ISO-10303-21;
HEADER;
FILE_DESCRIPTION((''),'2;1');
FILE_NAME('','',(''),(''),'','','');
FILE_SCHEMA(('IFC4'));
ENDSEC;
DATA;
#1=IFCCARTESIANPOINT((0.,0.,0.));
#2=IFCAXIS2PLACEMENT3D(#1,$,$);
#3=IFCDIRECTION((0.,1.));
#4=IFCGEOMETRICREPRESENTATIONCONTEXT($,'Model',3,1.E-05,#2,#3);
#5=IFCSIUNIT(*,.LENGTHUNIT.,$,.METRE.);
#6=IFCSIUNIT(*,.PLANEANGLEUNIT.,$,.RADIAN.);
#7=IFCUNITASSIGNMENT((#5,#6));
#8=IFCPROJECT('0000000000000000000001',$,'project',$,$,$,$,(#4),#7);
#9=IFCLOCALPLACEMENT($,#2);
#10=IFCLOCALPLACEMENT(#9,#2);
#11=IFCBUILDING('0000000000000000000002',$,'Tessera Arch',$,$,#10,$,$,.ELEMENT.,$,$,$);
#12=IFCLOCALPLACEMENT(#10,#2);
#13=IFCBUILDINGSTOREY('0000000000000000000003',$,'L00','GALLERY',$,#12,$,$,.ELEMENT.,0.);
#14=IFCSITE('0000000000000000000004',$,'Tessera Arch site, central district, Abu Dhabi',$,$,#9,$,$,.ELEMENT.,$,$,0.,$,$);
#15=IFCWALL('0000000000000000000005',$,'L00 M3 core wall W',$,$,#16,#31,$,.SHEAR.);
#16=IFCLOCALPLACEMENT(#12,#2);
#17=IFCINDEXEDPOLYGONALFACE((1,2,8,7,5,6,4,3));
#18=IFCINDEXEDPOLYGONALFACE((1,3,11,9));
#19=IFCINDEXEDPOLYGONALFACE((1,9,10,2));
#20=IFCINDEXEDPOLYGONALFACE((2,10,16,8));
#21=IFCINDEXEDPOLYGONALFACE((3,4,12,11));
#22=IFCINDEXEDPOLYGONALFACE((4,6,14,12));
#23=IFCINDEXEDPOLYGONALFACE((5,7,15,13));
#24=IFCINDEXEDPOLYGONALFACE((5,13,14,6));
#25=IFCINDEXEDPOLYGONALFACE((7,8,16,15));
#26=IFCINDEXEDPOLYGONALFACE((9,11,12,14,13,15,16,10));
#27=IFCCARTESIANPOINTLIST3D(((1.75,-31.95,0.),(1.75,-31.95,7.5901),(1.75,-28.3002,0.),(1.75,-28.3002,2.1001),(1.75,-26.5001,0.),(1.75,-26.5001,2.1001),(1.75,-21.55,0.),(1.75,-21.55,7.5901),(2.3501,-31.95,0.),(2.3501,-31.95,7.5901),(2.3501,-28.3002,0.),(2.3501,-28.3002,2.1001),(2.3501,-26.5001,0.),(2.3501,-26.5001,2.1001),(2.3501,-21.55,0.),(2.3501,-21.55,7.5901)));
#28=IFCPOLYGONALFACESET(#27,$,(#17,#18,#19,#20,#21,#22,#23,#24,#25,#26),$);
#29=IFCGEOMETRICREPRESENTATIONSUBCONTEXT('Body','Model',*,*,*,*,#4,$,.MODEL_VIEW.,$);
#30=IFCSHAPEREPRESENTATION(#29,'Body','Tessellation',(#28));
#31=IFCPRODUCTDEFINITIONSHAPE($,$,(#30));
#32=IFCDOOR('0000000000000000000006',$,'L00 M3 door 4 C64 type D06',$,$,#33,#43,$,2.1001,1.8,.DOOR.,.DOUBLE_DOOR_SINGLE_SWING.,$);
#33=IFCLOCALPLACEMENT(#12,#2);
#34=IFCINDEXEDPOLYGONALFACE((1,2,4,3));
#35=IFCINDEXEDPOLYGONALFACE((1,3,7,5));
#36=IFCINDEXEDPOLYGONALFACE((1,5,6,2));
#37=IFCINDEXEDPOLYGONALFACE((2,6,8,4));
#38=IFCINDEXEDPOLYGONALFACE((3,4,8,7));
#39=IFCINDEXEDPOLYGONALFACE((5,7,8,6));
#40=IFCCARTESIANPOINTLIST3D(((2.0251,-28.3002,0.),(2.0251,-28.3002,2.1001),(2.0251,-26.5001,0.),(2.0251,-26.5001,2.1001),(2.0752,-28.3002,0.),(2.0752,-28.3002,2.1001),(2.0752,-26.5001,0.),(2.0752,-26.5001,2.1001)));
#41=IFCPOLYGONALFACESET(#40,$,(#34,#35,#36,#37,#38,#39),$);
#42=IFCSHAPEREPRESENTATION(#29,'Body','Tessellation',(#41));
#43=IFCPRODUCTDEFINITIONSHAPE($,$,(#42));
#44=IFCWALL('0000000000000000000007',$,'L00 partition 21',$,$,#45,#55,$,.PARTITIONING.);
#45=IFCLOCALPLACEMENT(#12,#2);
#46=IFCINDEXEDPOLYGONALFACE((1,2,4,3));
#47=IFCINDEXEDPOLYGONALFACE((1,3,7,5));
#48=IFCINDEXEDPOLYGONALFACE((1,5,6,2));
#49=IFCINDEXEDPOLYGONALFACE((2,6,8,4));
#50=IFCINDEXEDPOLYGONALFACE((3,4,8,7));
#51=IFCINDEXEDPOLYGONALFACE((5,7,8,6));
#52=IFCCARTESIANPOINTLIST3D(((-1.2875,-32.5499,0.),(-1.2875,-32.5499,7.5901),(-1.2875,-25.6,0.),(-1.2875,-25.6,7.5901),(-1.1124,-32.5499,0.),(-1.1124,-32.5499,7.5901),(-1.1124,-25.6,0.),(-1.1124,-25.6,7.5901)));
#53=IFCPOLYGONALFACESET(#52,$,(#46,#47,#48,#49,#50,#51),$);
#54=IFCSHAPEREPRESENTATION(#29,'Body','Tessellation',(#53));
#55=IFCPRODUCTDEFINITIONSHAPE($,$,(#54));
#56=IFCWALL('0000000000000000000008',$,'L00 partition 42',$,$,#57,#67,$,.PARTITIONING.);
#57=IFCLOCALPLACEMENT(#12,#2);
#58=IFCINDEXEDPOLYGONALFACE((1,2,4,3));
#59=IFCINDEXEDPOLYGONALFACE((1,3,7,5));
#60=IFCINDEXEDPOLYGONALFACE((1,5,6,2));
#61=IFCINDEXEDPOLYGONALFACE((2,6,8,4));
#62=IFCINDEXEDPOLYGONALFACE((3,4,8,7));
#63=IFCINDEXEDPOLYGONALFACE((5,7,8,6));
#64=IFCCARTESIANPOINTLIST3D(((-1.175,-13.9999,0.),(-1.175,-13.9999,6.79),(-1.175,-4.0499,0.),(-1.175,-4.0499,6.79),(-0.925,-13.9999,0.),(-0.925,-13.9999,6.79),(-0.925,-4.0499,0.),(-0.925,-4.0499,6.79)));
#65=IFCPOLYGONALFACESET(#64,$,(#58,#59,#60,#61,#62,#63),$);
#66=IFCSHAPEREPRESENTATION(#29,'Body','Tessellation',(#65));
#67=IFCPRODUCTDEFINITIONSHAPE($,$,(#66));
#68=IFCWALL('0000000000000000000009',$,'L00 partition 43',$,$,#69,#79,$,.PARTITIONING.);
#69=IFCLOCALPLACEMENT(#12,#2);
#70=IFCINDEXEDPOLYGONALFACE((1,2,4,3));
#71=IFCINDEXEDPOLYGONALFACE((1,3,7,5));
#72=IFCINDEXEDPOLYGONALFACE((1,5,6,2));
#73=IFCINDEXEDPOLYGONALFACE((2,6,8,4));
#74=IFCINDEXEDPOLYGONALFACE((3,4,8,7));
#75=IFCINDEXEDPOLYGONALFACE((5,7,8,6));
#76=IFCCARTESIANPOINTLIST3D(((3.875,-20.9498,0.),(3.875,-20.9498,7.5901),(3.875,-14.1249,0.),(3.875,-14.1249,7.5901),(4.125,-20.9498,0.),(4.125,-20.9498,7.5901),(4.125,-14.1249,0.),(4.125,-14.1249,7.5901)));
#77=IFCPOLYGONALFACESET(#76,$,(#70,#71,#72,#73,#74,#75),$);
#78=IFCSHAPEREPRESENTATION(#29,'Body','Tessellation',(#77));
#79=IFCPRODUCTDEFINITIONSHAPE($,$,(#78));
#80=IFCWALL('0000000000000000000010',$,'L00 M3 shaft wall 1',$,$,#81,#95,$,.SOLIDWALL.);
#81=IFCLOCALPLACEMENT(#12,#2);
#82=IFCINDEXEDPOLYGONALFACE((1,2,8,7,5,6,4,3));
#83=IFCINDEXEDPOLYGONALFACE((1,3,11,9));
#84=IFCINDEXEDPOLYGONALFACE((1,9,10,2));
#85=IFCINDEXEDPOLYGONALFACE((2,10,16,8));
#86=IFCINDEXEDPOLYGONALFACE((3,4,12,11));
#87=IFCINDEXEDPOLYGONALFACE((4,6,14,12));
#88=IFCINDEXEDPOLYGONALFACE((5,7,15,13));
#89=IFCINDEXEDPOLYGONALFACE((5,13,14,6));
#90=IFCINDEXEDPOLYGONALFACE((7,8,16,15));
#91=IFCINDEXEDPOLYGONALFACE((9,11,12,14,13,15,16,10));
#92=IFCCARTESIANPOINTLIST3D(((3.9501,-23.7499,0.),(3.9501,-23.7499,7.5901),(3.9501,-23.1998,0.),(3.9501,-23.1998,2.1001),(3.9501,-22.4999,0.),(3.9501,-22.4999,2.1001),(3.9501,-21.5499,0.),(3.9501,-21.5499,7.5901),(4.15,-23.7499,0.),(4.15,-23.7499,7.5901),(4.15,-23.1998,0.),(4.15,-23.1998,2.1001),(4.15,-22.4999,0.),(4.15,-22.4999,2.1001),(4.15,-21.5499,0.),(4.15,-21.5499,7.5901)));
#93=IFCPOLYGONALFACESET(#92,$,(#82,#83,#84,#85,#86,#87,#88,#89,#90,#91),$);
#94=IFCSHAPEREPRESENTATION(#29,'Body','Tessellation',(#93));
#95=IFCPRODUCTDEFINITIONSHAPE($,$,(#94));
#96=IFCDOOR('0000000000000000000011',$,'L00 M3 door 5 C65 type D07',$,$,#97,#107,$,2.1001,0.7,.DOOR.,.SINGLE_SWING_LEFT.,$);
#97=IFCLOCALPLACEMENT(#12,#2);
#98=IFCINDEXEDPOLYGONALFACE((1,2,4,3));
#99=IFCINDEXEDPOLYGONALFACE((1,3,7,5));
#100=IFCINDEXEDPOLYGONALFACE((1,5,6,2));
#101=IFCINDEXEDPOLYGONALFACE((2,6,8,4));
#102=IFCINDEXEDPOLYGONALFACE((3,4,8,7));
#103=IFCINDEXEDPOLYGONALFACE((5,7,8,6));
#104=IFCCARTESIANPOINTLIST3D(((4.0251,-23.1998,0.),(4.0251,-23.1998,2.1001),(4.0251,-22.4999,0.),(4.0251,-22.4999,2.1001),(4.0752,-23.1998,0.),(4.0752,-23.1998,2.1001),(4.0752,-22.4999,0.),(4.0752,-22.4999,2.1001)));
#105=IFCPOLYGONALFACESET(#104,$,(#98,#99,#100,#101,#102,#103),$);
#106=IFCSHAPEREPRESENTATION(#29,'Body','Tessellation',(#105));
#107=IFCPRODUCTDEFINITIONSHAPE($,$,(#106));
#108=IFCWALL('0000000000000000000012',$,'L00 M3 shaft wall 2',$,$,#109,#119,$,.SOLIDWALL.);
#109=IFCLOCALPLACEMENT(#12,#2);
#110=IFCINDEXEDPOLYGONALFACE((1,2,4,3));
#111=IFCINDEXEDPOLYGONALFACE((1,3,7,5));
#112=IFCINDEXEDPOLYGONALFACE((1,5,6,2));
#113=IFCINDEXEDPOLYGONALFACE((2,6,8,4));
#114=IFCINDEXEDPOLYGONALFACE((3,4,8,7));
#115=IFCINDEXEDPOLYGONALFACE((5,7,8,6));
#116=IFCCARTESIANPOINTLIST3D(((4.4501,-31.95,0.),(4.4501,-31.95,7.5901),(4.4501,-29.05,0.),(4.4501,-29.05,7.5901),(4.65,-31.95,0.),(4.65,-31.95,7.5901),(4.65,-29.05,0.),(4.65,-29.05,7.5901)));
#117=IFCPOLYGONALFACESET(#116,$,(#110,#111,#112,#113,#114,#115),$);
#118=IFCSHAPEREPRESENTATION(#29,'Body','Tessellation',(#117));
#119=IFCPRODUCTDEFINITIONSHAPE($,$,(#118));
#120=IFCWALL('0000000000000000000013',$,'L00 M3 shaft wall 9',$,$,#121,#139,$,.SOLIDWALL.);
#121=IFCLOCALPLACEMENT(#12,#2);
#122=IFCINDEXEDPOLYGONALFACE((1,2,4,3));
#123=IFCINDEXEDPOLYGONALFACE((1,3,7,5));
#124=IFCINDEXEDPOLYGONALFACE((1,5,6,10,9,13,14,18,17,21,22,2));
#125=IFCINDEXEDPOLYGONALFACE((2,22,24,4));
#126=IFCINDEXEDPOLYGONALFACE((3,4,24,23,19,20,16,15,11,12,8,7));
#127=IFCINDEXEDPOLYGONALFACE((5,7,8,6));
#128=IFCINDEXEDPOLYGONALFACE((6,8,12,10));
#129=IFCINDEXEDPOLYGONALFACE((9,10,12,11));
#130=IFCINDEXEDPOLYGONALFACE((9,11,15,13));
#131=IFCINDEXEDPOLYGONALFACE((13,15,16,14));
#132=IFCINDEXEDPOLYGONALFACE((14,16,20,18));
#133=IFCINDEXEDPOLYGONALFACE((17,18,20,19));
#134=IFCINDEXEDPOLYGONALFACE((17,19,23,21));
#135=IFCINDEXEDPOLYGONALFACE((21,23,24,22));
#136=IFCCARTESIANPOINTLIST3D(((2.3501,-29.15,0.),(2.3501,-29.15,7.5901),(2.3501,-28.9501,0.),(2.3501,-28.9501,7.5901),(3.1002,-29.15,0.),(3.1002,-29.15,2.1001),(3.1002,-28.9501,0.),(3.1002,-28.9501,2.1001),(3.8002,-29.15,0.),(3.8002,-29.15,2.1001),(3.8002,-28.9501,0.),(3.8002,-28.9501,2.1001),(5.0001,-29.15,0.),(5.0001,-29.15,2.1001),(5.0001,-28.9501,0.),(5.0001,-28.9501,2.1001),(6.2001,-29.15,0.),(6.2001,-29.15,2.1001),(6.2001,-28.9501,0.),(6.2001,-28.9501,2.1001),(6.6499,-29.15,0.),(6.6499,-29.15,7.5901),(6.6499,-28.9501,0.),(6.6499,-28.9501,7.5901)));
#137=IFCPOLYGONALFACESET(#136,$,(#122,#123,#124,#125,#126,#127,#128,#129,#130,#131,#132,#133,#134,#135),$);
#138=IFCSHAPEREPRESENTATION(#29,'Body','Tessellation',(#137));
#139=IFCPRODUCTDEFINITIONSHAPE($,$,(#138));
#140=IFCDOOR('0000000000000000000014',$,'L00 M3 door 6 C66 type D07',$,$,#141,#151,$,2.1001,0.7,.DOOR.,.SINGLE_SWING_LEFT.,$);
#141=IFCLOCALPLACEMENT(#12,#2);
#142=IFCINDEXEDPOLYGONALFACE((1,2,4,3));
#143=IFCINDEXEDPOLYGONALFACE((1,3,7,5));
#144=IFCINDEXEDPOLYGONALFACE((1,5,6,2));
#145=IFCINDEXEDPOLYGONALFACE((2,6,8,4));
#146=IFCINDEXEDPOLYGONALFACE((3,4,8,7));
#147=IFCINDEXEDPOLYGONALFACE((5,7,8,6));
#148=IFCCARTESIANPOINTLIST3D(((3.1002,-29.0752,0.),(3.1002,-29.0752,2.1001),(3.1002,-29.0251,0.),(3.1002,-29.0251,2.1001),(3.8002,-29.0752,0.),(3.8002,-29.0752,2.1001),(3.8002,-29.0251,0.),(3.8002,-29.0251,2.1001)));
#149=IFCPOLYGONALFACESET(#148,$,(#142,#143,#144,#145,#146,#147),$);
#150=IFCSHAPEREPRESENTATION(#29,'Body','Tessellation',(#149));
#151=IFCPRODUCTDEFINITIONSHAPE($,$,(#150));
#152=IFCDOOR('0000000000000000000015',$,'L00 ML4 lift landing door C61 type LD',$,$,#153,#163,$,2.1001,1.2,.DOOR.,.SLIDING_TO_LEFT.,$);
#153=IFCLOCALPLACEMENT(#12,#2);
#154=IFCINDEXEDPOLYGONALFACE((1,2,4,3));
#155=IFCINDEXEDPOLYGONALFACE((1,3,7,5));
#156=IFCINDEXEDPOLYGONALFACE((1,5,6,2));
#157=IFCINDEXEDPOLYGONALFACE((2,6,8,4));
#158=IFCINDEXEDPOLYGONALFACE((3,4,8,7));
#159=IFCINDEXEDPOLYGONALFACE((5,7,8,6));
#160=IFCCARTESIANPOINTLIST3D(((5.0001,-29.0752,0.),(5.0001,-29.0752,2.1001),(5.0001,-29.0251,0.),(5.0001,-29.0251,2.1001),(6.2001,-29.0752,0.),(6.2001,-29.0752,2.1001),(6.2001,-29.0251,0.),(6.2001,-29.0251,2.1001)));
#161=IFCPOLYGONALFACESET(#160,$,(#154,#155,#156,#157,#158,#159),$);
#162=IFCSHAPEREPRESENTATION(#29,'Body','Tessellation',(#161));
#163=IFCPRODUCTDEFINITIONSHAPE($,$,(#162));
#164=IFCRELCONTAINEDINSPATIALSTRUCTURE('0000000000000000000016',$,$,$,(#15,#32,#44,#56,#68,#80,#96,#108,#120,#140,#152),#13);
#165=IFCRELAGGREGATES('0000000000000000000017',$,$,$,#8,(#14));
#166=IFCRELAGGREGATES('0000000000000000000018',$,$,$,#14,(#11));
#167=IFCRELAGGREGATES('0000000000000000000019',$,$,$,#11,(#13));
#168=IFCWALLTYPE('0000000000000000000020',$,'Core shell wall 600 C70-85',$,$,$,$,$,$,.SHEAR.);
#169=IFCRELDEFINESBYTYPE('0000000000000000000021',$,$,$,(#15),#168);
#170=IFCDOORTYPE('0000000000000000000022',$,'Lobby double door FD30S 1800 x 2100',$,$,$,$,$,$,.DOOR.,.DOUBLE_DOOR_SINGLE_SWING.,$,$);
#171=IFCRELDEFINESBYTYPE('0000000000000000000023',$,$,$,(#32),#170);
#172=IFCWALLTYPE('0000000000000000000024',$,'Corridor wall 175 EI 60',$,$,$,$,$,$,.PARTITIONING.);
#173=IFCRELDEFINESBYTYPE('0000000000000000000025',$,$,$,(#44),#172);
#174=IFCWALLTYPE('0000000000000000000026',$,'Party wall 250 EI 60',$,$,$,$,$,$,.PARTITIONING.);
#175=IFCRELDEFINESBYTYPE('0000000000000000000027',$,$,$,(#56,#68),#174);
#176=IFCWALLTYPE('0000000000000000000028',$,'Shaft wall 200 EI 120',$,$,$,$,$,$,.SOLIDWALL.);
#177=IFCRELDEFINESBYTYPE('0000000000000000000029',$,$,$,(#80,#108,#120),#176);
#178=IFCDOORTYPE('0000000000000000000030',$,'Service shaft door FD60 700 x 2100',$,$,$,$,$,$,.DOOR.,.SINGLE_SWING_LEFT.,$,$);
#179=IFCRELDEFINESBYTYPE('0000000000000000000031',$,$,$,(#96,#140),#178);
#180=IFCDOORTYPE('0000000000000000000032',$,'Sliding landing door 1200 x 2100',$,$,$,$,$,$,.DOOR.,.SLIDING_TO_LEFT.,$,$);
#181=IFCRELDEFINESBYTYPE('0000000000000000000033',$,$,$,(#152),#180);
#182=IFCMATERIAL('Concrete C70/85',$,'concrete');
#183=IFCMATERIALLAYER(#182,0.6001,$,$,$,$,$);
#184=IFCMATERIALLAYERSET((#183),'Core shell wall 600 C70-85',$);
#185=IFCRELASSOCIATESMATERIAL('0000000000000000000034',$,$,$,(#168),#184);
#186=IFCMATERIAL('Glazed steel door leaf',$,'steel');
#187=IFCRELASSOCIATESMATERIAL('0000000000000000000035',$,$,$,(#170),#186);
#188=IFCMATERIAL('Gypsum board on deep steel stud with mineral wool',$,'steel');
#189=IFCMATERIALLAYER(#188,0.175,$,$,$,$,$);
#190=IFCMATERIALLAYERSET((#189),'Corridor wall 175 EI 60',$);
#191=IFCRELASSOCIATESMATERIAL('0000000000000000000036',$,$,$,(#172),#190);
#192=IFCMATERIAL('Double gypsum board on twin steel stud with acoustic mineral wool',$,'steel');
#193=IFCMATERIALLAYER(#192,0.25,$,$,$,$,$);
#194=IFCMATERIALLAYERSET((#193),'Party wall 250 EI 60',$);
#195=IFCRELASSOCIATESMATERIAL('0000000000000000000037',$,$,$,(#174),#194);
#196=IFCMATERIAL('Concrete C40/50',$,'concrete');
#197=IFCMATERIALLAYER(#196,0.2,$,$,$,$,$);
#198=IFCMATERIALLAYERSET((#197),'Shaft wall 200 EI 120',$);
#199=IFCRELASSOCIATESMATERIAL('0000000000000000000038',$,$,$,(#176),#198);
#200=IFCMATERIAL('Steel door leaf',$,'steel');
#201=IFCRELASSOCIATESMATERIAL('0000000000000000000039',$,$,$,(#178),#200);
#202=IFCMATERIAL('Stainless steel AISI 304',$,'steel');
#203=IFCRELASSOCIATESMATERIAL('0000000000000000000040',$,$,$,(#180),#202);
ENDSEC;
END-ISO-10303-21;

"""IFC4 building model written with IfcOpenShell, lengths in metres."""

from ifc_helpers import new_model, si_unit, direction, frame, frame_2d, origin, place, context, subcontext, project, spatial, rectangle, extrude, material, layer, layer_set, type_object, element, fill, save


model = new_model("IFC4")

# Units and contexts
model_context = context("Model", 3, precision=1e-05, world=origin(), true_north=direction((0.0, 1.0)))
body_context = subcontext(model_context, "Body", "Model", "MODEL_VIEW")
ifc_project = project(units=[si_unit("LENGTHUNIT", "METRE"), si_unit("PLANEANGLEUNIT", "RADIAN")], contexts=[model_context])

# Site, building, storey
site_placement = place(None, origin())
site = spatial("IfcSite", under=ifc_project, at=site_placement, Name="Tessera Arch site, central district, Abu Dhabi", CompositionType="ELEMENT", RefElevation=0.0)
building_placement = place(site_placement, origin())
building = spatial("IfcBuilding", under=site, at=building_placement, Name="Tessera Arch", CompositionType="ELEMENT")
storey_placement = place(building_placement, origin())
storey = spatial("IfcBuildingStorey", under=building, at=storey_placement, Name="L00", Description="GALLERY", CompositionType="ELEMENT", Elevation=0.0)

# Shared definitions
ifc_material_1 = material(Name="Concrete C70/85", Category="concrete")
ifc_layer_1 = layer(ifc_material_1, 0.6001)
ifc_layer_set_1 = layer_set([ifc_layer_1], Name="Core shell wall 600 C70-85")
wall_type_1 = type_object("IfcWallType", Name="Core shell wall 600 C70-85", PredefinedType="SHEAR", material=ifc_layer_set_1)

# Wall, opening, door
wall_1_placement = place(storey_placement, frame((2.05, -31.95, 0.0), z_axis=(0.0, 0.0, 1.0), x_axis=(0.0, 1.0, 0.0)))
wall_1 = element("IfcWall", 1, at=wall_1_placement, inside=storey, type_object=wall_type_1, Name="L00 M3 core wall W", PredefinedType="SHEAR", context=body_context, shape_type="SweptSolid", body=[
    extrude(rectangle(XDim=10.3999, YDim=0.6001, at=frame_2d((5.2, 0.0))), origin(), (0.0, 0.0, 1.0), 7.5901),
])
opening_1_placement = place(wall_1_placement, frame((3.6499, 0.0, 0.0)))
opening_1 = element("IfcOpeningElement", 2, at=opening_1_placement, cuts=wall_1, PredefinedType="OPENING", context=body_context, shape_type="SweptSolid", body=[
    extrude(rectangle(XDim=1.8, YDim=2.1001, at=frame_2d((0.8999, 1.05))), frame((0.0, 0.3101, 0.0), z_axis=(0.0, -1.0, 0.0), x_axis=(1.0, 0.0, 0.0)), (0.0, 0.0, 1.0), 0.6201),
])
ifc_material_2 = material(Name="Glazed steel door leaf", Category="steel")
door_type_1 = type_object("IfcDoorType", Name="Lobby double door FD30S 1800 x 2100", OperationType="DOUBLE_DOOR_SINGLE_SWING", PredefinedType="DOOR", material=ifc_material_2)
door_1_placement = place(opening_1_placement, origin())
door_1 = element("IfcDoor", 3, at=door_1_placement, inside=storey, type_object=door_type_1, Name="L00 M3 door 4 C64 type D06", OperationType="DOUBLE_DOOR_SINGLE_SWING", OverallHeight=2.1001, OverallWidth=1.8, PredefinedType="DOOR", context=body_context, shape_type="SweptSolid", body=[
    extrude(rectangle(XDim=1.8, YDim=2.1001, at=frame_2d((0.8999, 1.05))), frame((0.0, 0.0249, 0.0), z_axis=(0.0, -1.0, 0.0), x_axis=(1.0, 0.0, 0.0)), (0.0, 0.0, 1.0), 0.05),
])
fill(opening_1, door_1)

# Wall
ifc_material_3 = material(Name="Gypsum board on deep steel stud with mineral wool", Category="steel")
ifc_layer_2 = layer(ifc_material_3, 0.175)
ifc_layer_set_2 = layer_set([ifc_layer_2], Name="Corridor wall 175 EI 60")
wall_type_2 = type_object("IfcWallType", Name="Corridor wall 175 EI 60", PredefinedType="PARTITIONING", material=ifc_layer_set_2)
wall_2_placement = place(storey_placement, frame((-1.2, -32.55, 0.0), z_axis=(0.0, 0.0, 1.0), x_axis=(0.0, 1.0, 0.0)))
element("IfcWall", 4, at=wall_2_placement, inside=storey, type_object=wall_type_2, Name="L00 partition 21", PredefinedType="PARTITIONING", context=body_context, shape_type="SweptSolid", body=[
    extrude(rectangle(XDim=6.95, YDim=0.175, at=frame_2d((3.4751, 0.0))), origin(), (0.0, 0.0, 1.0), 7.5901),
])

# Walls
ifc_material_4 = material(Name="Double gypsum board on twin steel stud with acoustic mineral wool", Category="steel")
ifc_layer_3 = layer(ifc_material_4, 0.25)
ifc_layer_set_3 = layer_set([ifc_layer_3], Name="Party wall 250 EI 60")
wall_type_3 = type_object("IfcWallType", Name="Party wall 250 EI 60", PredefinedType="PARTITIONING", material=ifc_layer_set_3)
wall_3_placement = place(storey_placement, frame((-1.05, -14.0, 0.0), z_axis=(0.0, 0.0, 1.0), x_axis=(0.0, 1.0, 0.0)))
element("IfcWall", 5, at=wall_3_placement, inside=storey, type_object=wall_type_3, Name="L00 partition 42", PredefinedType="PARTITIONING", context=body_context, shape_type="SweptSolid", body=[
    extrude(rectangle(XDim=9.95, YDim=0.25, at=frame_2d((4.9751, 0.0))), origin(), (0.0, 0.0, 1.0), 6.79),
])
wall_4_placement = place(storey_placement, frame((4.0, -20.95, 0.0), z_axis=(0.0, 0.0, 1.0), x_axis=(0.0, 1.0, 0.0)))
element("IfcWall", 6, at=wall_4_placement, inside=storey, type_object=wall_type_3, Name="L00 partition 43", PredefinedType="PARTITIONING", context=body_context, shape_type="SweptSolid", body=[
    extrude(rectangle(XDim=6.825, YDim=0.25, at=frame_2d((3.4126, 0.0))), origin(), (0.0, 0.0, 1.0), 7.5901),
])

# Wall, opening, door
ifc_material_5 = material(Name="Concrete C40/50", Category="concrete")
ifc_layer_4 = layer(ifc_material_5, 0.2)
ifc_layer_set_4 = layer_set([ifc_layer_4], Name="Shaft wall 200 EI 120")
wall_type_4 = type_object("IfcWallType", Name="Shaft wall 200 EI 120", PredefinedType="SOLIDWALL", material=ifc_layer_set_4)
wall_5_placement = place(storey_placement, frame((4.05, -23.75, 0.0), z_axis=(0.0, 0.0, 1.0), x_axis=(0.0, 1.0, 0.0)))
wall_5 = element("IfcWall", 7, at=wall_5_placement, inside=storey, type_object=wall_type_4, Name="L00 M3 shaft wall 1", PredefinedType="SOLIDWALL", context=body_context, shape_type="SweptSolid", body=[
    extrude(rectangle(XDim=2.2, YDim=0.2, at=frame_2d((1.1001, 0.0))), origin(), (0.0, 0.0, 1.0), 7.5901),
])
opening_2_placement = place(wall_5_placement, frame((0.55, 0.0, 0.0)))
opening_2 = element("IfcOpeningElement", 8, at=opening_2_placement, cuts=wall_5, PredefinedType="OPENING", context=body_context, shape_type="SweptSolid", body=[
    extrude(rectangle(XDim=0.7, YDim=2.1001, at=frame_2d((0.3501, 1.05))), frame((0.0, 0.1099, 0.0), z_axis=(0.0, -1.0, 0.0), x_axis=(1.0, 0.0, 0.0)), (0.0, 0.0, 1.0), 0.22),
])
ifc_material_6 = material(Name="Steel door leaf", Category="steel")
door_type_2 = type_object("IfcDoorType", Name="Service shaft door FD60 700 x 2100", OperationType="SINGLE_SWING_LEFT", PredefinedType="DOOR", material=ifc_material_6)
door_2_placement = place(opening_2_placement, origin())
door_2 = element("IfcDoor", 9, at=door_2_placement, inside=storey, type_object=door_type_2, Name="L00 M3 door 5 C65 type D07", OperationType="SINGLE_SWING_LEFT", OverallHeight=2.1001, OverallWidth=0.7, PredefinedType="DOOR", context=body_context, shape_type="SweptSolid", body=[
    extrude(rectangle(XDim=0.7, YDim=2.1001, at=frame_2d((0.3501, 1.05))), frame((0.0, 0.0249, 0.0), z_axis=(0.0, -1.0, 0.0), x_axis=(1.0, 0.0, 0.0)), (0.0, 0.0, 1.0), 0.05),
])
fill(opening_2, door_2)

# Wall
wall_6_placement = place(storey_placement, frame((4.55, -31.95, 0.0), z_axis=(0.0, 0.0, 1.0), x_axis=(0.0, 1.0, 0.0)))
element("IfcWall", 10, at=wall_6_placement, inside=storey, type_object=wall_type_4, Name="L00 M3 shaft wall 2", PredefinedType="SOLIDWALL", context=body_context, shape_type="SweptSolid", body=[
    extrude(rectangle(XDim=2.8999, YDim=0.2, at=frame_2d((1.45, 0.0))), origin(), (0.0, 0.0, 1.0), 7.5901),
])

# Wall, openings, doors
wall_7_placement = place(storey_placement, frame((2.3501, -29.05, 0.0), z_axis=(0.0, 0.0, 1.0), x_axis=(1.0, 0.0, 0.0)))
wall_7 = element("IfcWall", 11, at=wall_7_placement, inside=storey, type_object=wall_type_4, Name="L00 M3 shaft wall 9", PredefinedType="SOLIDWALL", context=body_context, shape_type="SweptSolid", body=[
    extrude(rectangle(XDim=4.2998, YDim=0.2, at=frame_2d((2.1499, 0.0))), origin(), (0.0, 0.0, 1.0), 7.5901),
])
opening_3_placement = place(wall_7_placement, frame((2.6499, 0.0, 0.0)))
opening_3 = element("IfcOpeningElement", 12, at=opening_3_placement, cuts=wall_7, PredefinedType="OPENING", context=body_context, shape_type="SweptSolid", body=[
    extrude(rectangle(XDim=1.2, YDim=2.1001, at=frame_2d((0.6001, 1.05))), frame((0.0, 0.1099, 0.0), z_axis=(0.0, -1.0, 0.0), x_axis=(1.0, 0.0, 0.0)), (0.0, 0.0, 1.0), 0.22),
])
opening_4_placement = place(wall_7_placement, frame((0.75, 0.0, 0.0)))
opening_4 = element("IfcOpeningElement", 13, at=opening_4_placement, cuts=wall_7, PredefinedType="OPENING", context=body_context, shape_type="SweptSolid", body=[
    extrude(rectangle(XDim=0.7, YDim=2.1001, at=frame_2d((0.3501, 1.05))), frame((0.0, 0.1099, 0.0), z_axis=(0.0, -1.0, 0.0), x_axis=(1.0, 0.0, 0.0)), (0.0, 0.0, 1.0), 0.22),
])
door_3_placement = place(opening_4_placement, origin())
door_3 = element("IfcDoor", 14, at=door_3_placement, inside=storey, type_object=door_type_2, Name="L00 M3 door 6 C66 type D07", OperationType="SINGLE_SWING_LEFT", OverallHeight=2.1001, OverallWidth=0.7, PredefinedType="DOOR", context=body_context, shape_type="SweptSolid", body=[
    extrude(rectangle(XDim=0.7, YDim=2.1001, at=frame_2d((0.3501, 1.05))), frame((0.0, 0.0249, 0.0), z_axis=(0.0, -1.0, 0.0), x_axis=(1.0, 0.0, 0.0)), (0.0, 0.0, 1.0), 0.05),
])
fill(opening_4, door_3)
ifc_material_7 = material(Name="Stainless steel AISI 304", Category="steel")
door_type_3 = type_object("IfcDoorType", Name="Sliding landing door 1200 x 2100", OperationType="SLIDING_TO_LEFT", PredefinedType="DOOR", material=ifc_material_7)
door_4_placement = place(opening_3_placement, origin())
door_4 = element("IfcDoor", 15, at=door_4_placement, inside=storey, type_object=door_type_3, Name="L00 ML4 lift landing door C61 type LD", OperationType="SLIDING_TO_LEFT", OverallHeight=2.1001, OverallWidth=1.2, PredefinedType="DOOR", context=body_context, shape_type="SweptSolid", body=[
    extrude(rectangle(XDim=1.2, YDim=2.1001, at=frame_2d((0.6001, 1.05))), frame((0.0, 0.0249, 0.0), z_axis=(0.0, -1.0, 0.0), x_axis=(1.0, 0.0, 0.0)), (0.0, 0.0, 1.0), 0.05),
])
fill(opening_3, door_4)

save(model, "model.ifc")
